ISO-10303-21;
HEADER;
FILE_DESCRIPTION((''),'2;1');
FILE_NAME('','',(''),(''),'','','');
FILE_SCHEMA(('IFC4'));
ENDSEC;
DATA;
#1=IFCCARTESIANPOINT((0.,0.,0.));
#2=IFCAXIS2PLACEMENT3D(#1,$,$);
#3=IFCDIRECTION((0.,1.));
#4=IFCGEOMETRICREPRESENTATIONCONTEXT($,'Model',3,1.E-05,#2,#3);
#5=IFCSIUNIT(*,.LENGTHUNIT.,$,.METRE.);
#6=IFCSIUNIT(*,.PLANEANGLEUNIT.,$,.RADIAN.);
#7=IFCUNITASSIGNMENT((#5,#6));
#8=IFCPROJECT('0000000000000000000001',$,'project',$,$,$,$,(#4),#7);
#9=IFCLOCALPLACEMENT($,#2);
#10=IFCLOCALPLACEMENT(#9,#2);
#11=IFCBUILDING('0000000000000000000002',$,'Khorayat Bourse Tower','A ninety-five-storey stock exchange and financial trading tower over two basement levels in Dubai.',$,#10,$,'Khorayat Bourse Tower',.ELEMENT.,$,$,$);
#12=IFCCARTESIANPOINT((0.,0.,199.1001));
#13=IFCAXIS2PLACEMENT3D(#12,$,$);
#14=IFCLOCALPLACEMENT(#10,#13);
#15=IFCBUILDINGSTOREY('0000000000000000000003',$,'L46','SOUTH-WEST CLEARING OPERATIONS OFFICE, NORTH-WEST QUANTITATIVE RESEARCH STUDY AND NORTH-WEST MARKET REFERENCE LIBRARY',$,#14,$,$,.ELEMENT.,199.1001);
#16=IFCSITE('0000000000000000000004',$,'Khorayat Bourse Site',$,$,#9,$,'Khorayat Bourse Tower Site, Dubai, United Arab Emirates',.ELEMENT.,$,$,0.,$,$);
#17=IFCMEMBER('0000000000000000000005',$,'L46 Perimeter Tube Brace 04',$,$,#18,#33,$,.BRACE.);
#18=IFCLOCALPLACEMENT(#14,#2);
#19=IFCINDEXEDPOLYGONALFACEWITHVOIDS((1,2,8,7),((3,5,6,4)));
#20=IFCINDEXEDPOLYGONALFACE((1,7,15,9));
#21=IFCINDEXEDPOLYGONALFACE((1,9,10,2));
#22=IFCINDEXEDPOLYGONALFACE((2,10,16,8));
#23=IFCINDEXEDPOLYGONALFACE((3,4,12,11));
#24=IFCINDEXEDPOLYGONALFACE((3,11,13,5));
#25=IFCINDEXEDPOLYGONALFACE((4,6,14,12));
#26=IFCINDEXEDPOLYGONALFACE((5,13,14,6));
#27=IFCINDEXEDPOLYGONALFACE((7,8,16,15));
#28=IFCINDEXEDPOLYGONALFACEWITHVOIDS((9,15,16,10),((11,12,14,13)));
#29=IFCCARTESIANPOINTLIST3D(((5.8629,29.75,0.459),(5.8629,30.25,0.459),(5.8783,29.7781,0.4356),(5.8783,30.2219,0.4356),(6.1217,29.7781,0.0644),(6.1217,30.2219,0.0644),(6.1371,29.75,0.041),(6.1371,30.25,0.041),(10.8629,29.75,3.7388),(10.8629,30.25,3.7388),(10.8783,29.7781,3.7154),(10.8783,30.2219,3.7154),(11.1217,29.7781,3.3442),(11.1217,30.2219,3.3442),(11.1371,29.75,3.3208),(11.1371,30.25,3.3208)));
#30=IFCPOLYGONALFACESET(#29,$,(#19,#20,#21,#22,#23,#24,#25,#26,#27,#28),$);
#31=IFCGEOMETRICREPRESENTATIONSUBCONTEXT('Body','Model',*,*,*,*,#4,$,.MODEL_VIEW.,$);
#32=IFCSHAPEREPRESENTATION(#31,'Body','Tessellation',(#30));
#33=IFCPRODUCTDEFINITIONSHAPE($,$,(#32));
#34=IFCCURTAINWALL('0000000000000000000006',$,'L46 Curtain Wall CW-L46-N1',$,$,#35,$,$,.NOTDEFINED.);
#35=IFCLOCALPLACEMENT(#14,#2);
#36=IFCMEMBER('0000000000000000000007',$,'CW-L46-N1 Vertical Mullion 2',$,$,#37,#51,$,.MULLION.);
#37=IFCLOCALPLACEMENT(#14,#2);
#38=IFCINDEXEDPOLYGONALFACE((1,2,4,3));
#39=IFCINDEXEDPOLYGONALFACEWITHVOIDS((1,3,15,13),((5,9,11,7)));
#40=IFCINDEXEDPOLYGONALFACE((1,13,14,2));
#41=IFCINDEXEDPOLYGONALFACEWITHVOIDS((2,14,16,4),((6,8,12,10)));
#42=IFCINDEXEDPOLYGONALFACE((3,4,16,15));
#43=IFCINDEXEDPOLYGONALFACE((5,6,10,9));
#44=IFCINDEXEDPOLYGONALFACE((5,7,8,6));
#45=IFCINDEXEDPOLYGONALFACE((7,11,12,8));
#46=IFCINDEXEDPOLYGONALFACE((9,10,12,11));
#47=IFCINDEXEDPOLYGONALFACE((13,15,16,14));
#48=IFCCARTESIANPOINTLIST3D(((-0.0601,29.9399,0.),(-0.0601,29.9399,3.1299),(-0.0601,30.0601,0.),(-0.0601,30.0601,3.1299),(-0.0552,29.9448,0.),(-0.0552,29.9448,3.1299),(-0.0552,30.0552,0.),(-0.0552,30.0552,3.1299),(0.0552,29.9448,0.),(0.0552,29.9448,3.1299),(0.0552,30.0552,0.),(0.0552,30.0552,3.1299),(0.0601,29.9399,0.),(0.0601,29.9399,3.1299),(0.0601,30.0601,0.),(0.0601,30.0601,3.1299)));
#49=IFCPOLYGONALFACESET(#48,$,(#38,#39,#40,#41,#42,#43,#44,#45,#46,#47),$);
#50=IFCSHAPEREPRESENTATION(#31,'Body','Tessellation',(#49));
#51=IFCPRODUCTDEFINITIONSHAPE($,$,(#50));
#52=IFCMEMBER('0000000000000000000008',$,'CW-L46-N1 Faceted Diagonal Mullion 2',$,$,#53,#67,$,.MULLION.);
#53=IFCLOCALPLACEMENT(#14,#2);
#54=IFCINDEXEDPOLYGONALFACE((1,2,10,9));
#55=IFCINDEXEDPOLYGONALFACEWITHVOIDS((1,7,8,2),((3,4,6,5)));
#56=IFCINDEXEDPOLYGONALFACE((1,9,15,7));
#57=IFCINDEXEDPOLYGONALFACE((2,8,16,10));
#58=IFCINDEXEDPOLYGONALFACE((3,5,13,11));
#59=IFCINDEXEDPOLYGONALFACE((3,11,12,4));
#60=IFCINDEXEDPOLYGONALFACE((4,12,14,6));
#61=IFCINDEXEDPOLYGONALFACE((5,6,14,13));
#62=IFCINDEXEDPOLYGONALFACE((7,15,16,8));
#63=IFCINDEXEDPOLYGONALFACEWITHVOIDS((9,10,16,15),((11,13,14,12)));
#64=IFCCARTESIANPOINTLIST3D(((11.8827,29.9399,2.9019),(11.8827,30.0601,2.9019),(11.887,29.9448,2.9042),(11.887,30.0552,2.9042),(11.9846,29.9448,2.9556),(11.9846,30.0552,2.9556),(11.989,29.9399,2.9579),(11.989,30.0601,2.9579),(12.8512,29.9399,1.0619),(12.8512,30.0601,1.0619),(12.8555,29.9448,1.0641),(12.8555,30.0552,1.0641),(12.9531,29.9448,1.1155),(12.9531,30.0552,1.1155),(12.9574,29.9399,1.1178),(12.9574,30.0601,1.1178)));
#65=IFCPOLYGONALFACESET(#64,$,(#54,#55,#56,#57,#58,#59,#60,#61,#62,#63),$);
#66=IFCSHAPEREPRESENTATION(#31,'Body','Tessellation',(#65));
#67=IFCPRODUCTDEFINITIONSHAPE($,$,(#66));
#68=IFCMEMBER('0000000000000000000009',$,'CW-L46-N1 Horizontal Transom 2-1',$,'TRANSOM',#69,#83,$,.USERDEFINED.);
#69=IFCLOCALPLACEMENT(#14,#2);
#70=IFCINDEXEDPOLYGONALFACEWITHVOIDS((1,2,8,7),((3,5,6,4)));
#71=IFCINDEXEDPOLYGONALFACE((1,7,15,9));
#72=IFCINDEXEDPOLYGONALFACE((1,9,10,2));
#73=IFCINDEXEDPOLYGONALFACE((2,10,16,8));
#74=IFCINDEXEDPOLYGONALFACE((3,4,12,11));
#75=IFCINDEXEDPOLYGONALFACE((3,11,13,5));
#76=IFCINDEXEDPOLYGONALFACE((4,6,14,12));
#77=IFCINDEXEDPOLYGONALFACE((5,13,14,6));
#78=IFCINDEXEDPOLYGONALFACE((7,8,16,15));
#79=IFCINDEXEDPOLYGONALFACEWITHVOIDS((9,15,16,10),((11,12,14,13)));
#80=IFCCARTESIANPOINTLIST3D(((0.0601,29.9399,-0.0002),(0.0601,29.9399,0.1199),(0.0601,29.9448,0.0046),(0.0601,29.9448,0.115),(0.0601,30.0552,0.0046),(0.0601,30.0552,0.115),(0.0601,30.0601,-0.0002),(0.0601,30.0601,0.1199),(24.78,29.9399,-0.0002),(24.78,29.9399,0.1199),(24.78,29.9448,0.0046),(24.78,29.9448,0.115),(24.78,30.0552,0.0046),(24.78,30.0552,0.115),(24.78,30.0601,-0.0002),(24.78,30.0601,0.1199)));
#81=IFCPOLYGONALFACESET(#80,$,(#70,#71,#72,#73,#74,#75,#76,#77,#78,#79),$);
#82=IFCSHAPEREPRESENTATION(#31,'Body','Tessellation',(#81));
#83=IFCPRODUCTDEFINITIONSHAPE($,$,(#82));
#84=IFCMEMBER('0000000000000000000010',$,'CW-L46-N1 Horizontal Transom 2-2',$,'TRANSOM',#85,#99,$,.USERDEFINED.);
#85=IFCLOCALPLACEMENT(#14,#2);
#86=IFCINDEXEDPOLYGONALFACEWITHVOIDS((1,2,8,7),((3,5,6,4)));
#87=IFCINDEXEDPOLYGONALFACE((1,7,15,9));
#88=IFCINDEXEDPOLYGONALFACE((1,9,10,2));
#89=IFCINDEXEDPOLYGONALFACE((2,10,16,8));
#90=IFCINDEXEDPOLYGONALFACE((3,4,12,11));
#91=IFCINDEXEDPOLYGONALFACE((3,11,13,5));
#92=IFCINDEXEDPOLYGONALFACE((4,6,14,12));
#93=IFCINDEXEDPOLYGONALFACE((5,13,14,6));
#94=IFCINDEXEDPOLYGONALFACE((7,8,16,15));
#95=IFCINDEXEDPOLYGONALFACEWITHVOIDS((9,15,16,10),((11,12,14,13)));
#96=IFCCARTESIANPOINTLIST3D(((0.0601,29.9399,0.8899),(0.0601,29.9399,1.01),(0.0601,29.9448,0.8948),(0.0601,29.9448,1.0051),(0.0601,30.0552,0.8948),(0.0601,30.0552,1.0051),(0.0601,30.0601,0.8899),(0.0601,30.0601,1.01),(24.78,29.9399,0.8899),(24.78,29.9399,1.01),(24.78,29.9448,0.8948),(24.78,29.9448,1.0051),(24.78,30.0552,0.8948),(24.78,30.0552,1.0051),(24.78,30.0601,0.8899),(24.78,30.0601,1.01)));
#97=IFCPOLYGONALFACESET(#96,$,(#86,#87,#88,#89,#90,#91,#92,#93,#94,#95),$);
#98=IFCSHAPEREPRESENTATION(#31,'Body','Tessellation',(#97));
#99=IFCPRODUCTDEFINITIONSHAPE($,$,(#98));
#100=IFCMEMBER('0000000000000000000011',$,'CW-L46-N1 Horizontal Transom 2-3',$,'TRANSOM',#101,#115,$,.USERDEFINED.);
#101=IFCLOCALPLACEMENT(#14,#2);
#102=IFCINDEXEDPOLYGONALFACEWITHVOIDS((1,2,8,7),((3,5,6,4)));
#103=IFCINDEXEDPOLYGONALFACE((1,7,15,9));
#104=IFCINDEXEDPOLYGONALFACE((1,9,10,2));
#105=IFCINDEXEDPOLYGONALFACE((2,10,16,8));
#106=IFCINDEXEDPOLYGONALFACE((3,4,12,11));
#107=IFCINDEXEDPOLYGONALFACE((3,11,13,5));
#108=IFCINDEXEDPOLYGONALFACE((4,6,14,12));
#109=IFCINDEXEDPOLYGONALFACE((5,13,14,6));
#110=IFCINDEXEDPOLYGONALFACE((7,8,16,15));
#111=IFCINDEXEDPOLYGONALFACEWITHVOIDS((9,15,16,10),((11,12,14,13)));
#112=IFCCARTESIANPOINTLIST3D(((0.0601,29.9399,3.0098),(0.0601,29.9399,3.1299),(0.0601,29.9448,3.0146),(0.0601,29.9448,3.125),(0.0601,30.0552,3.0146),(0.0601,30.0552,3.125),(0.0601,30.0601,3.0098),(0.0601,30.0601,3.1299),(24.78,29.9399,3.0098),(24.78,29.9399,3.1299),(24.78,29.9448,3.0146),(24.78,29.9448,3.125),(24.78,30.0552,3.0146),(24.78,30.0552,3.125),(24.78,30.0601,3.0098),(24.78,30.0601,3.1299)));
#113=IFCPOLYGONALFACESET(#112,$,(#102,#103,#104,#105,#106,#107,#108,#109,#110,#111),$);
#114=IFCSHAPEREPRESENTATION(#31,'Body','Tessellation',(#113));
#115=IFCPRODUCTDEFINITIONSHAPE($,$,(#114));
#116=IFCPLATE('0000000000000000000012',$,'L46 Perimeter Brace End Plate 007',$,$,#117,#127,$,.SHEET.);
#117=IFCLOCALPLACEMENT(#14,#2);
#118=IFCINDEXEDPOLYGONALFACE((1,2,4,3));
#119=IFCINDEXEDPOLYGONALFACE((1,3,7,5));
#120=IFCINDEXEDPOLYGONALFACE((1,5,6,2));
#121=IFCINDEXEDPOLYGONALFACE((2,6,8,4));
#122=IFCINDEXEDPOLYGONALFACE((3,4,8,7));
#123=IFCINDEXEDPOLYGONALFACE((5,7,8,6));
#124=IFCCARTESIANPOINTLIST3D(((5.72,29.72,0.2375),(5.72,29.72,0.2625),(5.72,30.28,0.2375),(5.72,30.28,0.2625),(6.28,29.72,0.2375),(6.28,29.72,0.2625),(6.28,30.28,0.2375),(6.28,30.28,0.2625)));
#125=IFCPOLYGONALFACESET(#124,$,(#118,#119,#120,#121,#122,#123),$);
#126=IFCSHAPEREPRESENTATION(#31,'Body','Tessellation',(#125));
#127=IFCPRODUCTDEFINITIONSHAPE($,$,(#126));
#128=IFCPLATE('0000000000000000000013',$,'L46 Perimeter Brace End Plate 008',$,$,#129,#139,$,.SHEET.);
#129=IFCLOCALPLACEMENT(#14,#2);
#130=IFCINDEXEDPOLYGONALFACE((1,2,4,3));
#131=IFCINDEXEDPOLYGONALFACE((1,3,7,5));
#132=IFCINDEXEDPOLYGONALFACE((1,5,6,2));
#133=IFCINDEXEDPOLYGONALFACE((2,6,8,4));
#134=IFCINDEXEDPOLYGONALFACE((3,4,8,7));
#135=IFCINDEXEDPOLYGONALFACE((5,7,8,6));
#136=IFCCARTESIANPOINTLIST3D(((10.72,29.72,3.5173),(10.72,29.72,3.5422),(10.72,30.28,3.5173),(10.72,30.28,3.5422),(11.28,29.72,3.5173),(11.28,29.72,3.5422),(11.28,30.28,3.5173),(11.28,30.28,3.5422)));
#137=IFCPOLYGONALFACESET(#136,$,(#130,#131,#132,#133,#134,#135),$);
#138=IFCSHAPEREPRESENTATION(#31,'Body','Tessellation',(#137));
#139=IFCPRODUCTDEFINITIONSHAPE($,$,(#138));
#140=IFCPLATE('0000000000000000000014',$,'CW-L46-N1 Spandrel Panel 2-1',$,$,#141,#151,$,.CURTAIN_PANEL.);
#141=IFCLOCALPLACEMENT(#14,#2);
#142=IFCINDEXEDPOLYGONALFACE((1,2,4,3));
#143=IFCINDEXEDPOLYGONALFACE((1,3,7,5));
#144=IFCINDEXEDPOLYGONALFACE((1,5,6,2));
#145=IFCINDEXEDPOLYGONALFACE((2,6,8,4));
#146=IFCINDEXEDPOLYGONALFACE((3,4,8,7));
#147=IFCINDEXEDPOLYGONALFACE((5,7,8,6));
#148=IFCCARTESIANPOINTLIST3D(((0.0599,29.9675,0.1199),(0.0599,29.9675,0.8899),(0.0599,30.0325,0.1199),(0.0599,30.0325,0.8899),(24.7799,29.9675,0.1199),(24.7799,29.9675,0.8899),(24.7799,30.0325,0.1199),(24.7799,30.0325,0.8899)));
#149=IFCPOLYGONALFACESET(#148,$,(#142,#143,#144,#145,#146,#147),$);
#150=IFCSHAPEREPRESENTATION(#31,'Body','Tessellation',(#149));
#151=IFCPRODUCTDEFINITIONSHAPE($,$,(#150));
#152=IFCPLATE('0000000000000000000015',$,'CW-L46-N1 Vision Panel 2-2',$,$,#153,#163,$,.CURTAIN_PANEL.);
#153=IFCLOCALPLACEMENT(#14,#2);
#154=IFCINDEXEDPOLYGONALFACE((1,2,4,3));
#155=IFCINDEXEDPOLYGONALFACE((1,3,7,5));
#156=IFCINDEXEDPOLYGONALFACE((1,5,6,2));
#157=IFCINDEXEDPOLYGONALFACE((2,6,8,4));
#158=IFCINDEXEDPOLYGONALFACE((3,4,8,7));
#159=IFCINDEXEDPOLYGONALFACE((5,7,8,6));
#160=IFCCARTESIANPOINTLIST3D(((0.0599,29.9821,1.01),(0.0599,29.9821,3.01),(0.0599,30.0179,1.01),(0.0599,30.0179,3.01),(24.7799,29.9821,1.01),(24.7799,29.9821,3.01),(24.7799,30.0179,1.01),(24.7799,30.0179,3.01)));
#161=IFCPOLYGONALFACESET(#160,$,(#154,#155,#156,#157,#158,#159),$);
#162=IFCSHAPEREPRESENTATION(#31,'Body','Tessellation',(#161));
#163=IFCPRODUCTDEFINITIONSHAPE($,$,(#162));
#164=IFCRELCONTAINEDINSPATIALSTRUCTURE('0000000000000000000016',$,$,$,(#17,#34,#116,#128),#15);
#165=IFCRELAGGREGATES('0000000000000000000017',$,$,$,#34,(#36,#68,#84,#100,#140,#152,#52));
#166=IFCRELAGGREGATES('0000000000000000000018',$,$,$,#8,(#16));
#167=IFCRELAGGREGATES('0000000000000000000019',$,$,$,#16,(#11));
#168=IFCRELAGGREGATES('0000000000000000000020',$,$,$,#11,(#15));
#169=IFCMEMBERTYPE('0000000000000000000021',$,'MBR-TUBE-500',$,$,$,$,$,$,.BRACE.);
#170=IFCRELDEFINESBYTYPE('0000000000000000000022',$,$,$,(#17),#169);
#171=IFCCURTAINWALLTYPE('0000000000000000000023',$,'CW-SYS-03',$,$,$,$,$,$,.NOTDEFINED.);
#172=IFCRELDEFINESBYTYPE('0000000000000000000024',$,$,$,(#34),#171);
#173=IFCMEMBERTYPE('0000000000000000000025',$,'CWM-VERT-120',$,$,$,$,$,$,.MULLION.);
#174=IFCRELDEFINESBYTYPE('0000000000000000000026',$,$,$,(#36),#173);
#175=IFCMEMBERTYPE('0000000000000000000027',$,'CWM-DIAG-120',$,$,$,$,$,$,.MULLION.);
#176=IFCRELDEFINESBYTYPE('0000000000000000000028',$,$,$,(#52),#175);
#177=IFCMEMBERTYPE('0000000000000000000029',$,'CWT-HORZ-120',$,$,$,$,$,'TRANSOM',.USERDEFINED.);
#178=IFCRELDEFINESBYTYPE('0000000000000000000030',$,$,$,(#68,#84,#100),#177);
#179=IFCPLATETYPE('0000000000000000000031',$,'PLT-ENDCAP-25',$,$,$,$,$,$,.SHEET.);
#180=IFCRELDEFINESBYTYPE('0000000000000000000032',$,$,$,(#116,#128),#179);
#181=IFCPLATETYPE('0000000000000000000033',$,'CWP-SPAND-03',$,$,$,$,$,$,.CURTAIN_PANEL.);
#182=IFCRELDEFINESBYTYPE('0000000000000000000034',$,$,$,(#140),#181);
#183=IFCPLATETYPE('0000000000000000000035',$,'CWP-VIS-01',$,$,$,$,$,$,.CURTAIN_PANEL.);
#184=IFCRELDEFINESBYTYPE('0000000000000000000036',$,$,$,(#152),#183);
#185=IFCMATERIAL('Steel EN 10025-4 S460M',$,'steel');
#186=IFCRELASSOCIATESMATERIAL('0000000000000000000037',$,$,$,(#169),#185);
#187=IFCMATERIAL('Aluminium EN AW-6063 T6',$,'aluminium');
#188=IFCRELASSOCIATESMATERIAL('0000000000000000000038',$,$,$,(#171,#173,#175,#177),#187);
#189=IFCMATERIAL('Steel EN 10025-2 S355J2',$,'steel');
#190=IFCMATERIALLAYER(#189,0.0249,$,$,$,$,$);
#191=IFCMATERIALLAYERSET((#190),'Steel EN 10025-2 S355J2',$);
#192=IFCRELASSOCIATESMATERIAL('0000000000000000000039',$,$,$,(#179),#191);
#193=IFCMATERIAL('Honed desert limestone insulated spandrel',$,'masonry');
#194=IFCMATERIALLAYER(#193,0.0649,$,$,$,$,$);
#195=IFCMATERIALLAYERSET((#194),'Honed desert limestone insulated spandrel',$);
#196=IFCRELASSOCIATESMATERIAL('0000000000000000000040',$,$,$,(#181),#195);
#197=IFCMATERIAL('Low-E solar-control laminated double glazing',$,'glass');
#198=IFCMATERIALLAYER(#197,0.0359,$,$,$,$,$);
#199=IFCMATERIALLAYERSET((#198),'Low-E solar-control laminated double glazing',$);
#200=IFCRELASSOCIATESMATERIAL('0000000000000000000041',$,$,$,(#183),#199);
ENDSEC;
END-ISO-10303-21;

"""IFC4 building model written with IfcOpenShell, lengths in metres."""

from ifc_helpers import new_model, si_unit, direction, frame, origin, origin_2d, place, context, subcontext, project, spatial, rectangle, hollow_rectangle, extrude, source, transform, mapped, material, layer, layer_set, material_profile, profile_set, type_object, element, aggregate, save


model = new_model("IFC4")

# Units and contexts
model_context = context("Model", 3, precision=1e-05, world=origin(), true_north=direction((0.0, 1.0)))
body_context = subcontext(model_context, "Body", "Model", "MODEL_VIEW")
ifc_project = project(units=[si_unit("LENGTHUNIT", "METRE"), si_unit("PLANEANGLEUNIT", "RADIAN")], contexts=[model_context])

# Site, building, storey
site_placement = place(None, origin())
site = spatial("IfcSite", under=ifc_project, at=site_placement, Name="Khorayat Bourse Site", LongName="Khorayat Bourse Tower Site, Dubai, United Arab Emirates", CompositionType="ELEMENT", RefElevation=0.0)
building_placement = place(site_placement, origin())
building = spatial("IfcBuilding", under=site, at=building_placement, Name="Khorayat Bourse Tower", Description="A ninety-five-storey stock exchange and financial trading tower over two basement levels in Dubai.", LongName="Khorayat Bourse Tower", CompositionType="ELEMENT")
storey_placement = place(building_placement, frame((0.0, 0.0, 199.1001)))
storey = spatial("IfcBuildingStorey", under=building, at=storey_placement, Name="L46", Description="SOUTH-WEST CLEARING OPERATIONS OFFICE, NORTH-WEST QUANTITATIVE RESEARCH STUDY AND NORTH-WEST MARKET REFERENCE LIBRARY", CompositionType="ELEMENT", Elevation=199.1001)

# Shared definitions
ifc_material_1 = material(Name="Steel EN 10025-4 S460M", Category="steel")

# Member
ifc_material_profile_1 = material_profile(ifc_material_1, hollow_rectangle(XDim=0.5, YDim=0.5, WallThickness=0.0281, at=origin_2d()), Name="HSS 500x500x28")
ifc_profile_set_1 = profile_set([ifc_material_profile_1], Name="Steel EN 10025-4 S460M")
member_type_1 = type_object("IfcMemberType", Name="MBR-TUBE-500", PredefinedType="BRACE", material=ifc_profile_set_1)
shared_shape_1 = source(origin(), body_context, "Body", "SweptSolid", [
    extrude(hollow_rectangle(XDim=0.5, YDim=0.5, WallThickness=0.0281, at=origin_2d()), origin(), (0.0, 0.0, 1.0), 5.9797),
])
member_1_placement = place(storey_placement, frame((6.0, 30.0, 0.25), z_axis=(0.83616, 0.0, 0.548485), x_axis=(0.0, 1.0, 0.0)))
element("IfcMember", 1, at=member_1_placement, inside=storey, type_object=member_type_1, Name="L46 Perimeter Tube Brace 04", PredefinedType="BRACE", context=body_context, shape_type="MappedRepresentation", body=[
    mapped(shared_shape_1, transform((0.0, 0.0, 0.0), scale=1.0)),
])

# Curtain wall, members
ifc_material_2 = material(Name="Aluminium EN AW-6063 T6", Category="aluminium")
curtain_wall_type = type_object("IfcCurtainWallType", Name="CW-SYS-03", PredefinedType="NOTDEFINED", material=ifc_material_2)
curtain_wall_placement = place(storey_placement, origin())
curtain_wall = element("IfcCurtainWall", 2, at=curtain_wall_placement, inside=storey, type_object=curtain_wall_type, Name="L46 Curtain Wall CW-L46-N1", PredefinedType="NOTDEFINED")
ifc_material_profile_2 = material_profile(ifc_material_2, hollow_rectangle(XDim=0.1201, YDim=0.1201, WallThickness=0.0049, at=origin_2d()), Name="ALU 120x120x5")
ifc_profile_set_2 = profile_set([ifc_material_profile_2], Name="Aluminium EN AW-6063 T6")
member_type_2 = type_object("IfcMemberType", Name="CWM-VERT-120", PredefinedType="MULLION", material=ifc_profile_set_2)
shared_shape_2 = source(origin(), body_context, "Body", "SweptSolid", [
    extrude(hollow_rectangle(XDim=0.1201, YDim=0.1201, WallThickness=0.0049, at=origin_2d()), origin(), (0.0, 0.0, 1.0), 3.1299),
])
member_2_placement = place(storey_placement, frame((0.0, 30.0, 0.0), z_axis=(0.0, 0.0, 1.0), x_axis=(0.0, 1.0, 0.0)))
member_2 = element("IfcMember", 3, at=member_2_placement, type_object=member_type_2, Name="CW-L46-N1 Vertical Mullion 2", PredefinedType="MULLION", context=body_context, shape_type="MappedRepresentation", body=[
    mapped(shared_shape_2, transform((0.0, 0.0, 0.0), scale=1.0)),
])
ifc_material_profile_3 = material_profile(ifc_material_2, hollow_rectangle(XDim=0.1201, YDim=0.1201, WallThickness=0.0049, at=origin_2d()), Name="ALU 120x120x5")
ifc_profile_set_3 = profile_set([ifc_material_profile_3], Name="Aluminium EN AW-6063 T6")
member_type_3 = type_object("IfcMemberType", Name="CWM-DIAG-120", PredefinedType="MULLION", material=ifc_profile_set_3)
shared_shape_3 = source(origin(), body_context, "Body", "SweptSolid", [
    extrude(hollow_rectangle(XDim=0.1201, YDim=0.1201, WallThickness=0.0049, at=origin_2d()), origin(), (0.0, 0.0, 1.0), 2.0793),
])
member_3_placement = place(storey_placement, frame((12.9043, 30.0, 1.0898), z_axis=(-0.465761, 0.0, 0.884911), x_axis=(0.0, -1.0, 0.0)))
member_3 = element("IfcMember", 4, at=member_3_placement, type_object=member_type_3, Name="CW-L46-N1 Faceted Diagonal Mullion 2", PredefinedType="MULLION", context=body_context, shape_type="MappedRepresentation", body=[
    mapped(shared_shape_3, transform((0.0, 0.0, 0.0), scale=1.0)),
])
ifc_material_profile_4 = material_profile(ifc_material_2, hollow_rectangle(XDim=0.1201, YDim=0.1201, WallThickness=0.0049, at=origin_2d()), Name="ALU 120x120x5")
ifc_profile_set_4 = profile_set([ifc_material_profile_4], Name="Aluminium EN AW-6063 T6")
member_type_4 = type_object("IfcMemberType", Name="CWT-HORZ-120", ElementType="TRANSOM", PredefinedType="USERDEFINED", material=ifc_profile_set_4)
shared_shape_4 = source(origin(), body_context, "Body", "SweptSolid", [
    extrude(hollow_rectangle(XDim=0.1201, YDim=0.1201, WallThickness=0.0049, at=origin_2d()), origin(), (0.0, 0.0, 1.0), 24.72),
])
member_4_placement = place(storey_placement, frame((0.0601, 30.0, 0.0598), z_axis=(1.0, 0.0, 0.0), x_axis=(0.0, 1.0, 0.0)))
member_4 = element("IfcMember", 5, at=member_4_placement, type_object=member_type_4, Name="CW-L46-N1 Horizontal Transom 2-1", ObjectType="TRANSOM", PredefinedType="USERDEFINED", context=body_context, shape_type="MappedRepresentation", body=[
    mapped(shared_shape_4, transform((0.0, 0.0, 0.0), scale=1.0)),
])
member_5_placement = place(storey_placement, frame((0.0601, 30.0, 0.95), z_axis=(1.0, 0.0, 0.0), x_axis=(0.0, 1.0, 0.0)))
member_5 = element("IfcMember", 6, at=member_5_placement, type_object=member_type_4, Name="CW-L46-N1 Horizontal Transom 2-2", ObjectType="TRANSOM", PredefinedType="USERDEFINED", context=body_context, shape_type="MappedRepresentation", body=[
    mapped(shared_shape_4, transform((0.0, 0.0, 0.0), scale=1.0)),
])
member_6_placement = place(storey_placement, frame((0.0601, 30.0, 3.0698), z_axis=(1.0, 0.0, 0.0), x_axis=(0.0, 1.0, 0.0)))
member_6 = element("IfcMember", 7, at=member_6_placement, type_object=member_type_4, Name="CW-L46-N1 Horizontal Transom 2-3", ObjectType="TRANSOM", PredefinedType="USERDEFINED", context=body_context, shape_type="MappedRepresentation", body=[
    mapped(shared_shape_4, transform((0.0, 0.0, 0.0), scale=1.0)),
])

# Plates
ifc_material_3 = material(Name="Steel EN 10025-2 S355J2", Category="steel")
ifc_layer_1 = layer(ifc_material_3, 0.0249)
ifc_layer_set_1 = layer_set([ifc_layer_1], Name="Steel EN 10025-2 S355J2")
plate_type_1 = type_object("IfcPlateType", Name="PLT-ENDCAP-25", PredefinedType="SHEET", material=ifc_layer_set_1)
shared_shape_5 = source(origin(), body_context, "Body", "SweptSolid", [
    extrude(rectangle(XDim=0.5601, YDim=0.5601, at=origin_2d()), origin(), (0.0, 0.0, 1.0), 0.0249),
])
for number, where, z_axis, x_axis, name in (
    (8, (6.0, 30.0, 0.2375), (0.0, 0.0, 1.0), (1.0, 0.0, 0.0), "L46 Perimeter Brace End Plate 007"),
    (9, (11.0, 30.0, 3.5173), (0.0, 0.0, 1.0), (1.0, 0.0, 0.0), "L46 Perimeter Brace End Plate 008"),
):
    element("IfcPlate", number, at=place(storey_placement, frame(where, z_axis=z_axis, x_axis=x_axis)), inside=storey, type_object=plate_type_1, Name=name, PredefinedType="SHEET", context=body_context, shape_type="MappedRepresentation", body=[
        mapped(shared_shape_5, transform((0.0, 0.0, 0.0), scale=1.0)),
    ])

# Plates
ifc_material_4 = material(Name="Honed desert limestone insulated spandrel", Category="masonry")
ifc_layer_2 = layer(ifc_material_4, 0.0649)
ifc_layer_set_2 = layer_set([ifc_layer_2], Name="Honed desert limestone insulated spandrel")
plate_type_2 = type_object("IfcPlateType", Name="CWP-SPAND-03", PredefinedType="CURTAIN_PANEL", material=ifc_layer_set_2)
shared_shape_6 = source(origin(), body_context, "Body", "SweptSolid", [
    extrude(rectangle(XDim=24.72, YDim=0.0649, at=origin_2d()), origin(), (0.0, 0.0, 1.0), 0.77),
])
plate_1_placement = place(storey_placement, frame((12.4199, 30.0, 0.1199), z_axis=(0.0, 0.0, 1.0), x_axis=(1.0, 0.0, 0.0)))
plate_1 = element("IfcPlate", 10, at=plate_1_placement, type_object=plate_type_2, Name="CW-L46-N1 Spandrel Panel 2-1", PredefinedType="CURTAIN_PANEL", context=body_context, shape_type="MappedRepresentation", body=[
    mapped(shared_shape_6, transform((0.0, 0.0, 0.0), scale=1.0)),
])
ifc_material_5 = material(Name="Low-E solar-control laminated double glazing", Category="glass")
ifc_layer_3 = layer(ifc_material_5, 0.0359)
ifc_layer_set_3 = layer_set([ifc_layer_3], Name="Low-E solar-control laminated double glazing")
plate_type_3 = type_object("IfcPlateType", Name="CWP-VIS-01", PredefinedType="CURTAIN_PANEL", material=ifc_layer_set_3)
shared_shape_7 = source(origin(), body_context, "Body", "SweptSolid", [
    extrude(rectangle(XDim=24.72, YDim=0.0359, at=origin_2d()), origin(), (0.0, 0.0, 1.0), 2.0),
])
plate_2_placement = place(storey_placement, frame((12.4199, 30.0, 1.01), z_axis=(0.0, 0.0, 1.0), x_axis=(1.0, 0.0, 0.0)))
plate_2 = element("IfcPlate", 11, at=plate_2_placement, type_object=plate_type_3, Name="CW-L46-N1 Vision Panel 2-2", PredefinedType="CURTAIN_PANEL", context=body_context, shape_type="MappedRepresentation", body=[
    mapped(shared_shape_7, transform((0.0, 0.0, 0.0), scale=1.0)),
])
aggregate(curtain_wall, [member_2, member_4, member_5, member_6, plate_1, plate_2, member_3])

save(model, "model.ifc")
